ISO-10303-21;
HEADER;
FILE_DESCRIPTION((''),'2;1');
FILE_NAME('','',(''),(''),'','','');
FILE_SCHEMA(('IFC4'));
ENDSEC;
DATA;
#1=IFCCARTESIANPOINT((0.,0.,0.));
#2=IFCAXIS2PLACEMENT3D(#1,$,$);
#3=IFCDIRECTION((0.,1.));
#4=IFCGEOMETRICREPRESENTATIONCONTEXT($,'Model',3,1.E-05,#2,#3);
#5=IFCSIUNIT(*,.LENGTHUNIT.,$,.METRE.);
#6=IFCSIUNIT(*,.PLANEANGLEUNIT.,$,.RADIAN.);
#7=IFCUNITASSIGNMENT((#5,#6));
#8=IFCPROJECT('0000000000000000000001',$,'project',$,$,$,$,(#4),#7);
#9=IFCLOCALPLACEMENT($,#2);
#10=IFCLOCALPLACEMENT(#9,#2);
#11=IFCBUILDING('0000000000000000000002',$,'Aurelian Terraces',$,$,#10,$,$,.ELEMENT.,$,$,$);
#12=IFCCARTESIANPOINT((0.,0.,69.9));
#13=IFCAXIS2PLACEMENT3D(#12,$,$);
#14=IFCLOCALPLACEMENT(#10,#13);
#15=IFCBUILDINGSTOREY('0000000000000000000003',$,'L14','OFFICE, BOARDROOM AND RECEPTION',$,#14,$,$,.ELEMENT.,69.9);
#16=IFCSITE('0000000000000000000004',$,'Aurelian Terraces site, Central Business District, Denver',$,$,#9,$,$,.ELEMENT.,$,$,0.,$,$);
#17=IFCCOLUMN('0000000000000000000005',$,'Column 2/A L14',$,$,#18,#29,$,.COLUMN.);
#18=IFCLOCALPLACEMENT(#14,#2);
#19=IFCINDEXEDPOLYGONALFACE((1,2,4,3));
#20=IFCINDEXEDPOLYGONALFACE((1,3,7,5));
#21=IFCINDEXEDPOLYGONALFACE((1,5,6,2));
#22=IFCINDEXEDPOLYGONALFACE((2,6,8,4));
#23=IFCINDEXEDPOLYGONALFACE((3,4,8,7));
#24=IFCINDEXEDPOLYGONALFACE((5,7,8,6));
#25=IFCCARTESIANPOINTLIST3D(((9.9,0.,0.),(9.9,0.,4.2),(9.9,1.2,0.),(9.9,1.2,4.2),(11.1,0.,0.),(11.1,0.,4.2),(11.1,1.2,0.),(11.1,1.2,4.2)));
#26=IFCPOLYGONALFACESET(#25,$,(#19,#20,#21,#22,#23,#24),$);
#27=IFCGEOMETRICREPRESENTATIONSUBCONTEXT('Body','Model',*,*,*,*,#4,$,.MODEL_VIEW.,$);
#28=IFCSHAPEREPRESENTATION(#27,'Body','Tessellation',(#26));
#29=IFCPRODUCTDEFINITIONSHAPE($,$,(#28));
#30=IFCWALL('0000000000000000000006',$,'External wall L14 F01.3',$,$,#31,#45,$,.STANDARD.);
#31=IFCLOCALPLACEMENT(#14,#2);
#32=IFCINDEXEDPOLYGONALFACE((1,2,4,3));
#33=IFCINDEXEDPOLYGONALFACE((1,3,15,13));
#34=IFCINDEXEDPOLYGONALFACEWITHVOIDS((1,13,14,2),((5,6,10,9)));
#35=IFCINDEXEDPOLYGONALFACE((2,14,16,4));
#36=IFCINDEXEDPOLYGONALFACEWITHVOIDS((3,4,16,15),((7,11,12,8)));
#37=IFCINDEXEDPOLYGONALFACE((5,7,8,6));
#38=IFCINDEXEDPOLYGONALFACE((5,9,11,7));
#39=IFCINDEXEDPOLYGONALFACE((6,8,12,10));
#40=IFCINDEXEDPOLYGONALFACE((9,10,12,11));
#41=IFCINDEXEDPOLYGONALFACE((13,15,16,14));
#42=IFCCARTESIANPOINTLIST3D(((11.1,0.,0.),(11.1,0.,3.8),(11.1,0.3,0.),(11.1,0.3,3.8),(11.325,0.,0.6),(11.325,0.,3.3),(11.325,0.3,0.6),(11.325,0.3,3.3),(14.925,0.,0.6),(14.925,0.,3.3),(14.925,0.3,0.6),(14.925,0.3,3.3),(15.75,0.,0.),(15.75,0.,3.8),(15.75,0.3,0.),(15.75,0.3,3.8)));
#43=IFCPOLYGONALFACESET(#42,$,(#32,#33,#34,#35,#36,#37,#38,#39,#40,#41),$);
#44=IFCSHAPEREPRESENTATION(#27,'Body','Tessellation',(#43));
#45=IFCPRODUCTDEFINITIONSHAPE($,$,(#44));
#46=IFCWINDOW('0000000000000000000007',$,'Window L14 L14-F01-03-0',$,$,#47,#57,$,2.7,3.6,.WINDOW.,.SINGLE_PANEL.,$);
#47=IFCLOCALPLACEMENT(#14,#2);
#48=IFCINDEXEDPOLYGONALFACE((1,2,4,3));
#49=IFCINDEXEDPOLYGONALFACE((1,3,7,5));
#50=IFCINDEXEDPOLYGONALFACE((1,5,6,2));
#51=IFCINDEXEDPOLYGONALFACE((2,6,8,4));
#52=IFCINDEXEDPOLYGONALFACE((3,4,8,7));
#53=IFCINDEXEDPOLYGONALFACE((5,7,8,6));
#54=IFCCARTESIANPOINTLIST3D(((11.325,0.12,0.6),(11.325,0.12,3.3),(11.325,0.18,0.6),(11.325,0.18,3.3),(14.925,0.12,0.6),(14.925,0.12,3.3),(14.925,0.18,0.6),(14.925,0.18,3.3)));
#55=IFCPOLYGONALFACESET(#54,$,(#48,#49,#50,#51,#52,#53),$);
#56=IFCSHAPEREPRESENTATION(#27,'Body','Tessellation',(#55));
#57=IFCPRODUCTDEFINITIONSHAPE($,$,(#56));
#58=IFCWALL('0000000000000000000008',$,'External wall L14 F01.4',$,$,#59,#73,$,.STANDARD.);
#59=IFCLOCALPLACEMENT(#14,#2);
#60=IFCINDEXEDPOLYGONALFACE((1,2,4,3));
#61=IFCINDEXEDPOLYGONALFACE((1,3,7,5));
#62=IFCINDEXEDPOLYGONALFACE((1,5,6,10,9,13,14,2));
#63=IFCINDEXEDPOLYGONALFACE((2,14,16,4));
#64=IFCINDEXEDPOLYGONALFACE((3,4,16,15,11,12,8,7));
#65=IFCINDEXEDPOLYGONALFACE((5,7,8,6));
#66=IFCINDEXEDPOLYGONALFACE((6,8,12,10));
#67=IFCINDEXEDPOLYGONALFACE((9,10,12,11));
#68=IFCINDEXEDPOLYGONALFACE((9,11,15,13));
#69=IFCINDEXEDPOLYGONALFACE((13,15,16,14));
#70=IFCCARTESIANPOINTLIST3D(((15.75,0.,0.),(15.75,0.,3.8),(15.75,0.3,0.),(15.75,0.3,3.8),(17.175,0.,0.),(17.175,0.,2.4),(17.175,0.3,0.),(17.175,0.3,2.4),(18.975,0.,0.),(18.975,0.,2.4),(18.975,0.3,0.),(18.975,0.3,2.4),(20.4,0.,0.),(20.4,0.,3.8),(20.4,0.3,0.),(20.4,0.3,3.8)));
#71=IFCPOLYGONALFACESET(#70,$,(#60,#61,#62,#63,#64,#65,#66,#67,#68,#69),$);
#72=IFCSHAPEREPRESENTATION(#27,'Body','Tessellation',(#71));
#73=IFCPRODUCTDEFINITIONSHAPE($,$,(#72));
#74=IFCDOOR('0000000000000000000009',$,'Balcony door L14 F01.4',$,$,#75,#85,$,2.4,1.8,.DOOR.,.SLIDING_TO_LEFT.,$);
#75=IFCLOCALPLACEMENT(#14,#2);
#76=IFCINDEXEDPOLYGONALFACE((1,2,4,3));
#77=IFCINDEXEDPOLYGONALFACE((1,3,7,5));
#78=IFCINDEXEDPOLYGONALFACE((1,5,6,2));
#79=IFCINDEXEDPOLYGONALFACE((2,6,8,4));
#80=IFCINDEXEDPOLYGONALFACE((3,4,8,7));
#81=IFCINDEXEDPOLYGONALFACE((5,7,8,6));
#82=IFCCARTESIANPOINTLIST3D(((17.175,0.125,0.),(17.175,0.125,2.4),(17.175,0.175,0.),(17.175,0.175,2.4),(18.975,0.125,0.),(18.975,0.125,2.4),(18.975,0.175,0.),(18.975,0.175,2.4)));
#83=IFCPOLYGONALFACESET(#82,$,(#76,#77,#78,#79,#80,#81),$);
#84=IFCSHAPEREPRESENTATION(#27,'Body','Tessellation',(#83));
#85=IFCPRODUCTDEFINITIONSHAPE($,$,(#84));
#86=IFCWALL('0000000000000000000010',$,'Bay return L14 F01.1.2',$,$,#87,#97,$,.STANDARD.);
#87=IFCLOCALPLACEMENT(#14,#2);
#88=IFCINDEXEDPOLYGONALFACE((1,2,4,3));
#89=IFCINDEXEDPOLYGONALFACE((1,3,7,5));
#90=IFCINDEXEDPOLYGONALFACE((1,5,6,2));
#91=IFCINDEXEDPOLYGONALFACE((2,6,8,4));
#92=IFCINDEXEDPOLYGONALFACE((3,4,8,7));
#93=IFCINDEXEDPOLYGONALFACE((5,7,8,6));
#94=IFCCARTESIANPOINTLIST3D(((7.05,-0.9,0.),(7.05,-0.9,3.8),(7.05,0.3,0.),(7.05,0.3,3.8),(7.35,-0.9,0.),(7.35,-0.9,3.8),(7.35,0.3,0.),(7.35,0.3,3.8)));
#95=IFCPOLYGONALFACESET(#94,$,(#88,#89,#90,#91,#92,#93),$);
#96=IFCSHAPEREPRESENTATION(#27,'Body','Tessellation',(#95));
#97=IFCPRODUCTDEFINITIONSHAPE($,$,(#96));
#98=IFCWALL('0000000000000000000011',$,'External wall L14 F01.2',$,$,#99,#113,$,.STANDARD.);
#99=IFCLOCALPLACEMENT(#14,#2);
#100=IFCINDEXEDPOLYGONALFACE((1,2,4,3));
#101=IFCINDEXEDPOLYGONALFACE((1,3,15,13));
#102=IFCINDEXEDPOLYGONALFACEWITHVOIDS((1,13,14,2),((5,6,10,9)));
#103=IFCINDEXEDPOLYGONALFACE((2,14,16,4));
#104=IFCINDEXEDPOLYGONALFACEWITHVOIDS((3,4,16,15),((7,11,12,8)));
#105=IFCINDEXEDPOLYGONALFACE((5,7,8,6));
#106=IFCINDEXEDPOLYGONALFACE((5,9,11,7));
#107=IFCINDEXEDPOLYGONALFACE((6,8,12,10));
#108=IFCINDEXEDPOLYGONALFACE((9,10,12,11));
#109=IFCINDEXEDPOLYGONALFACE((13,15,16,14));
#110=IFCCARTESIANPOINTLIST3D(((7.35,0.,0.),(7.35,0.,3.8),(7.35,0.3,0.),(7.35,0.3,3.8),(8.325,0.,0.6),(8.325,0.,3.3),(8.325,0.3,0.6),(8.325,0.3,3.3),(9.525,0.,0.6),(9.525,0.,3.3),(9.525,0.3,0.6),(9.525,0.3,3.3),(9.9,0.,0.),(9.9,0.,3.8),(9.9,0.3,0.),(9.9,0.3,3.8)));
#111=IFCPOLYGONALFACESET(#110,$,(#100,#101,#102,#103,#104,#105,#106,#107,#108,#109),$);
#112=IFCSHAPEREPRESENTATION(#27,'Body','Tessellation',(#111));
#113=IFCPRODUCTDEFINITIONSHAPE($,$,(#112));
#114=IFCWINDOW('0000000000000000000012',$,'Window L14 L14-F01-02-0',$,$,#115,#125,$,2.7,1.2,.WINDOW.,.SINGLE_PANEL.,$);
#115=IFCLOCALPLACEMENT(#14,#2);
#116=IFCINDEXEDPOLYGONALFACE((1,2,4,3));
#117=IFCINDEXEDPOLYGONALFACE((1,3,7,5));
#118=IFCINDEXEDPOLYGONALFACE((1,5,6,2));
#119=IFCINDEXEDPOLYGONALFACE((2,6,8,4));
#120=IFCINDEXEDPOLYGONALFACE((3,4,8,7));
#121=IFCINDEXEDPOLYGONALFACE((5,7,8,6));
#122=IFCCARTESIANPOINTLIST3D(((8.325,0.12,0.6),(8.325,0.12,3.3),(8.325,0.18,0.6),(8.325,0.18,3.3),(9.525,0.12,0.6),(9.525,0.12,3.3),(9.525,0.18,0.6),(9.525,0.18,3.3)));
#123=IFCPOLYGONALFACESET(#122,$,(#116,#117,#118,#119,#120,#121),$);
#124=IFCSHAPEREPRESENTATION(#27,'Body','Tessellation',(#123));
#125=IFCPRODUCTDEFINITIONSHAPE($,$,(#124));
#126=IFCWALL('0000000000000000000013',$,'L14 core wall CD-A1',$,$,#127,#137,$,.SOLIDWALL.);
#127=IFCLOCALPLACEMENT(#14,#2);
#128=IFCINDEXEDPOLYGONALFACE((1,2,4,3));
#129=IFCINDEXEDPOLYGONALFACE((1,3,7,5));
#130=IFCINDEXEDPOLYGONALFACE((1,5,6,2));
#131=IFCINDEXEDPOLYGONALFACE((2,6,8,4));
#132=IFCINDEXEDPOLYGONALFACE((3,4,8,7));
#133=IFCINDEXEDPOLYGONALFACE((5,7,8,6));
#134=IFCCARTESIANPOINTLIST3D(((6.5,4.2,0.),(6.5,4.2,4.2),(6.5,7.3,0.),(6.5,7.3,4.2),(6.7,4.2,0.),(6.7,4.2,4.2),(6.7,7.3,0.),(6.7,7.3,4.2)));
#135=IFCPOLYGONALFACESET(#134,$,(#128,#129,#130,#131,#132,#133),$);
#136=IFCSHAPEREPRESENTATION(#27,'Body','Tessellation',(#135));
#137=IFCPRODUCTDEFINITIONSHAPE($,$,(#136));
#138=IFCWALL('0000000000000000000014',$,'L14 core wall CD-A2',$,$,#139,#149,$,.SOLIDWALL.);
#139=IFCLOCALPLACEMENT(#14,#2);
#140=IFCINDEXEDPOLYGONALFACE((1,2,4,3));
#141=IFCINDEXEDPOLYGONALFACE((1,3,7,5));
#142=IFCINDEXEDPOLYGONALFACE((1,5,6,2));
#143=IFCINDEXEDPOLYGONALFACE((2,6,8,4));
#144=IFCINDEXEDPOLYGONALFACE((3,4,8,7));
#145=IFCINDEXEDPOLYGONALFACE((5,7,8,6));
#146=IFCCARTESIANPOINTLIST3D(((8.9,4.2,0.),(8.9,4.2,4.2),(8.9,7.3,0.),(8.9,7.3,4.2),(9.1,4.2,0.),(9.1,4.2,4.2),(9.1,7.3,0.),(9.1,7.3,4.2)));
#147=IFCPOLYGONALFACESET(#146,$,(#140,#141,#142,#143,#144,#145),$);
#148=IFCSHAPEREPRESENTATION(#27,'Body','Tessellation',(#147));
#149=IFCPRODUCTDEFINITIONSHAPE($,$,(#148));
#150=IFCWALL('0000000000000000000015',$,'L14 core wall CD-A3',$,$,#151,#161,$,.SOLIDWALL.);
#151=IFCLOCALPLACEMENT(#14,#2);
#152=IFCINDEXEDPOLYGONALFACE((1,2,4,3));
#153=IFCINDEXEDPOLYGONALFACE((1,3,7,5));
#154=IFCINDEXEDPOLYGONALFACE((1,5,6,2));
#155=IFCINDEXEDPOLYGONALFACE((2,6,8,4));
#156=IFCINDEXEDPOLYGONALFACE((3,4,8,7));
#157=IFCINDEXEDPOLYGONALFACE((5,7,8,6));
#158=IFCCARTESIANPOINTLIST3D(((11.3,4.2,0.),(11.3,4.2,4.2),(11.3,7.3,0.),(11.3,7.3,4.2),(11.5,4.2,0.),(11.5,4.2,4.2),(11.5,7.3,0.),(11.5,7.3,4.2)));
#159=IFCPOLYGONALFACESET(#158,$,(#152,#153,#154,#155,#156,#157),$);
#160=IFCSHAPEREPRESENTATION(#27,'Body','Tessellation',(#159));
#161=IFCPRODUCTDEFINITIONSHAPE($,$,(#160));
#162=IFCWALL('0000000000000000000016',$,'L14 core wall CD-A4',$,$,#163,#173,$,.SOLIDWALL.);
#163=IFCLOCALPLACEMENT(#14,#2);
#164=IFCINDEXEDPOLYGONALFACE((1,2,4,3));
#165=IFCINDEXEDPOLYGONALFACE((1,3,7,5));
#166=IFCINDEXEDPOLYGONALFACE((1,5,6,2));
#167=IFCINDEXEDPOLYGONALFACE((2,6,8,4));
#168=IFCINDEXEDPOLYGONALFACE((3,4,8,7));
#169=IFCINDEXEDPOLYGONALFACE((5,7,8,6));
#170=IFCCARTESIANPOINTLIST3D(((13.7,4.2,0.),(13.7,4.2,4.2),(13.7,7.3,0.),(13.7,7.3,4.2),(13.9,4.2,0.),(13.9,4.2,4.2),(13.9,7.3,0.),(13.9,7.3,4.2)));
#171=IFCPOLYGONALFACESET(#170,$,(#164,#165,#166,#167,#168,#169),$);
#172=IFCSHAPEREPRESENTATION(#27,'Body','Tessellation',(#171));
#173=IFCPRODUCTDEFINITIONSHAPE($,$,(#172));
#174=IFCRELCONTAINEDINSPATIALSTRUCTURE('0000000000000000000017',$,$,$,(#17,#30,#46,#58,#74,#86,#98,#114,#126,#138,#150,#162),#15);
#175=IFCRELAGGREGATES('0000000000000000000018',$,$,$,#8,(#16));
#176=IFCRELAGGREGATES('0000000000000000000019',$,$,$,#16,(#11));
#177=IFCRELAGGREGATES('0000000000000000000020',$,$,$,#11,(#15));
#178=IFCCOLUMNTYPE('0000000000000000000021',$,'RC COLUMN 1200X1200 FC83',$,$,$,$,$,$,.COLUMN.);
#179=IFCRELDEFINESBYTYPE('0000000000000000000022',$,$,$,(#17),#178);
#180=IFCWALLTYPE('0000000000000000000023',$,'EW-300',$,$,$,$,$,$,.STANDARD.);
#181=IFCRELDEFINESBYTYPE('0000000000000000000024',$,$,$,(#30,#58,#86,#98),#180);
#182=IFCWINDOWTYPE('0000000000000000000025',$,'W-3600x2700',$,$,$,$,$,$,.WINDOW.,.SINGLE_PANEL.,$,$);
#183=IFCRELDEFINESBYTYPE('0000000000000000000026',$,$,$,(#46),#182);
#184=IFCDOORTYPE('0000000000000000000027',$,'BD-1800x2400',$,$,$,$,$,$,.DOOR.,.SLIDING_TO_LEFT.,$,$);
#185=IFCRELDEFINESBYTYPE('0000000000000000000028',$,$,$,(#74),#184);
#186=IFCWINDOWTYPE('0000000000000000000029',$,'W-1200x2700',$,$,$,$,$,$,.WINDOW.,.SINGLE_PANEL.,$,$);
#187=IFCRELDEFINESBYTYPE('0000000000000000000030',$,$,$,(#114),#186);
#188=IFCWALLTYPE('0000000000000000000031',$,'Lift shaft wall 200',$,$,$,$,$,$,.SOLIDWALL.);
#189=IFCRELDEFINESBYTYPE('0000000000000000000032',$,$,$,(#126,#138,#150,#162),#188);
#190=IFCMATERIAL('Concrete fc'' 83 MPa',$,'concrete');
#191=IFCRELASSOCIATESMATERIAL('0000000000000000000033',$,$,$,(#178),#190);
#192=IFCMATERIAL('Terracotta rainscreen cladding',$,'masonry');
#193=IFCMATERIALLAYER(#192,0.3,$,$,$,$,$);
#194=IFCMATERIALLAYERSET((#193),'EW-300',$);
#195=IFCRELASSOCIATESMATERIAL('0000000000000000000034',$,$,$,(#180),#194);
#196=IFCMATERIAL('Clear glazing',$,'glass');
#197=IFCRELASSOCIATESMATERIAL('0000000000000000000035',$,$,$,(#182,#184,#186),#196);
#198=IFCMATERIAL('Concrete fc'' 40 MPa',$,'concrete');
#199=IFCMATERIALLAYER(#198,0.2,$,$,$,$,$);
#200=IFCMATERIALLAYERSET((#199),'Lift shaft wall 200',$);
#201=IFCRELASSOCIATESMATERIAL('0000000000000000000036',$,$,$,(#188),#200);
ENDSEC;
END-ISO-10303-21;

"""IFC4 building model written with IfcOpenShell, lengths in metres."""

from ifc_helpers import new_model, si_unit, direction, frame, frame_2d, origin, origin_2d, place, context, subcontext, project, spatial, rectangle, extrude, source, transform, mapped, material, layer, layer_set, material_profile, profile_set, type_object, element, fill, save


model = new_model("IFC4")

# Units and contexts
model_context = context("Model", 3, precision=1e-05, world=origin(), true_north=direction((0.0, 1.0)))
body_context = subcontext(model_context, "Body", "Model", "MODEL_VIEW")
ifc_project = project(units=[si_unit("LENGTHUNIT", "METRE"), si_unit("PLANEANGLEUNIT", "RADIAN")], contexts=[model_context])

# Site, building, storey
site_placement = place(None, origin())
site = spatial("IfcSite", under=ifc_project, at=site_placement, Name="Aurelian Terraces site, Central Business District, Denver", CompositionType="ELEMENT", RefElevation=0.0)
building_placement = place(site_placement, origin())
building = spatial("IfcBuilding", under=site, at=building_placement, Name="Aurelian Terraces", CompositionType="ELEMENT")
storey_placement = place(building_placement, frame((0.0, 0.0, 69.9)))
storey = spatial("IfcBuildingStorey", under=building, at=storey_placement, Name="L14", Description="OFFICE, BOARDROOM AND RECEPTION", CompositionType="ELEMENT", Elevation=69.9)

# Column
ifc_material_1 = material(Name="Concrete fc' 83 MPa", Category="concrete")
ifc_material_profile = material_profile(ifc_material_1, rectangle(XDim=1.2, YDim=1.2, at=origin_2d()))
ifc_profile_set = profile_set([ifc_material_profile], Name="Concrete fc' 83 MPa")
column_type = type_object("IfcColumnType", Name="RC COLUMN 1200X1200 FC83", PredefinedType="COLUMN", material=ifc_profile_set)
shared_shape_1 = source(origin(), body_context, "Body", "SweptSolid", [
    extrude(rectangle(XDim=1.2, YDim=1.2, at=origin_2d()), origin(), (0.0, 0.0, 1.0), 4.2),
])
column_placement = place(storey_placement, frame((10.5, 0.6, 0.0), z_axis=(0.0, 0.0, 1.0), x_axis=(1.0, 0.0, 0.0)))
element("IfcColumn", 1, at=column_placement, inside=storey, type_object=column_type, Name="Column 2/A L14", PredefinedType="COLUMN", context=body_context, shape_type="MappedRepresentation", body=[
    mapped(shared_shape_1, transform((0.0, 0.0, 0.0), scale=1.0)),
])

# Wall, opening, window
ifc_material_2 = material(Name="Terracotta rainscreen cladding", Category="masonry")
ifc_layer_1 = layer(ifc_material_2, 0.3)
ifc_layer_set_1 = layer_set([ifc_layer_1], Name="EW-300")
wall_type_1 = type_object("IfcWallType", Name="EW-300", PredefinedType="STANDARD", material=ifc_layer_set_1)
shared_shape_2 = source(origin(), body_context, "Body", "SweptSolid", [
    extrude(rectangle(XDim=4.65, YDim=0.3, at=frame_2d((2.325, 0.0))), origin(), (0.0, 0.0, 1.0), 3.8),
])
wall_1_placement = place(storey_placement, frame((11.1, 0.15, 0.0), z_axis=(0.0, 0.0, 1.0), x_axis=(1.0, 0.0, 0.0)))
wall_1 = element("IfcWall", 2, at=wall_1_placement, inside=storey, type_object=wall_type_1, Name="External wall L14 F01.3", PredefinedType="STANDARD", context=body_context, shape_type="MappedRepresentation", body=[
    mapped(shared_shape_2, transform((0.0, 0.0, 0.0), scale=1.0)),
])
shared_shape_3 = source(origin(), body_context, "Body", "SweptSolid", [
    extrude(rectangle(XDim=3.6, YDim=2.7, at=frame_2d((1.8, 1.35))), frame((0.0, 0.16, 0.0), z_axis=(0.0, -1.0, 0.0), x_axis=(1.0, 0.0, 0.0)), (0.0, 0.0, 1.0), 0.32),
])
opening_1_placement = place(wall_1_placement, frame((0.225, 0.0, 0.6)))
opening_1 = element("IfcOpeningElement", 3, at=opening_1_placement, cuts=wall_1, PredefinedType="OPENING", context=body_context, shape_type="MappedRepresentation", body=[
    mapped(shared_shape_3, transform((0.0, 0.0, 0.0), scale=1.0)),
])
ifc_material_3 = material(Name="Clear glazing", Category="glass")
window_type_1 = type_object("IfcWindowType", Name="W-3600x2700", PartitioningType="SINGLE_PANEL", PredefinedType="WINDOW", material=ifc_material_3)
shared_shape_4 = source(origin(), body_context, "Body", "SweptSolid", [
    extrude(rectangle(XDim=3.6, YDim=2.7, at=frame_2d((1.8, 1.35))), frame((0.0, 0.03, 0.0), z_axis=(0.0, -1.0, 0.0), x_axis=(1.0, 0.0, 0.0)), (0.0, 0.0, 1.0), 0.06),
])
window_1_placement = place(opening_1_placement, origin())
window_1 = element("IfcWindow", 4, at=window_1_placement, inside=storey, type_object=window_type_1, Name="Window L14 L14-F01-03-0", OverallHeight=2.7, OverallWidth=3.6, PartitioningType="SINGLE_PANEL", PredefinedType="WINDOW", context=body_context, shape_type="MappedRepresentation", body=[
    mapped(shared_shape_4, transform((0.0, 0.0, 0.0), scale=1.0)),
])
fill(opening_1, window_1)

# Wall, opening, door
wall_2_placement = place(storey_placement, frame((15.75, 0.15, 0.0), z_axis=(0.0, 0.0, 1.0), x_axis=(1.0, 0.0, 0.0)))
wall_2 = element("IfcWall", 5, at=wall_2_placement, inside=storey, type_object=wall_type_1, Name="External wall L14 F01.4", PredefinedType="STANDARD", context=body_context, shape_type="MappedRepresentation", body=[
    mapped(shared_shape_2, transform((0.0, 0.0, 0.0), scale=1.0)),
])
shared_shape_5 = source(origin(), body_context, "Body", "SweptSolid", [
    extrude(rectangle(XDim=1.8, YDim=2.4, at=frame_2d((0.9, 1.2))), frame((0.0, 0.16, 0.0), z_axis=(0.0, -1.0, 0.0), x_axis=(1.0, 0.0, 0.0)), (0.0, 0.0, 1.0), 0.32),
])
opening_2_placement = place(wall_2_placement, frame((1.425, 0.0, 0.0)))
opening_2 = element("IfcOpeningElement", 6, at=opening_2_placement, cuts=wall_2, PredefinedType="OPENING", context=body_context, shape_type="MappedRepresentation", body=[
    mapped(shared_shape_5, transform((0.0, 0.0, 0.0), scale=1.0)),
])
door_type = type_object("IfcDoorType", Name="BD-1800x2400", OperationType="SLIDING_TO_LEFT", PredefinedType="DOOR", material=ifc_material_3)
shared_shape_6 = source(origin(), body_context, "Body", "SweptSolid", [
    extrude(rectangle(XDim=1.8, YDim=2.4, at=frame_2d((0.9, 1.2))), frame((0.0, 0.025, 0.0), z_axis=(0.0, -1.0, 0.0), x_axis=(1.0, 0.0, 0.0)), (0.0, 0.0, 1.0), 0.05),
])
door_placement = place(opening_2_placement, origin())
door = element("IfcDoor", 7, at=door_placement, inside=storey, type_object=door_type, Name="Balcony door L14 F01.4", OperationType="SLIDING_TO_LEFT", OverallHeight=2.4, OverallWidth=1.8, PredefinedType="DOOR", context=body_context, shape_type="MappedRepresentation", body=[
    mapped(shared_shape_6, transform((0.0, 0.0, 0.0), scale=1.0)),
])
fill(opening_2, door)

# Wall
shared_shape_7 = source(origin(), body_context, "Body", "SweptSolid", [
    extrude(rectangle(XDim=1.2, YDim=0.3, at=frame_2d((0.6, 0.0))), origin(), (0.0, 0.0, 1.0), 3.8),
])
wall_3_placement = place(storey_placement, frame((7.2, 0.3, 0.0), z_axis=(0.0, 0.0, 1.0), x_axis=(0.0, -1.0, 0.0)))
element("IfcWall", 8, at=wall_3_placement, inside=storey, type_object=wall_type_1, Name="Bay return L14 F01.1.2", PredefinedType="STANDARD", context=body_context, shape_type="MappedRepresentation", body=[
    mapped(shared_shape_7, transform((0.0, 0.0, 0.0), scale=1.0)),
])

# Wall, opening, window
shared_shape_8 = source(origin(), body_context, "Body", "SweptSolid", [
    extrude(rectangle(XDim=2.55, YDim=0.3, at=frame_2d((1.275, 0.0))), origin(), (0.0, 0.0, 1.0), 3.8),
])
wall_4_placement = place(storey_placement, frame((7.35, 0.15, 0.0), z_axis=(0.0, 0.0, 1.0), x_axis=(1.0, 0.0, 0.0)))
wall_4 = element("IfcWall", 9, at=wall_4_placement, inside=storey, type_object=wall_type_1, Name="External wall L14 F01.2", PredefinedType="STANDARD", context=body_context, shape_type="MappedRepresentation", body=[
    mapped(shared_shape_8, transform((0.0, 0.0, 0.0), scale=1.0)),
])
shared_shape_9 = source(origin(), body_context, "Body", "SweptSolid", [
    extrude(rectangle(XDim=1.2, YDim=2.7, at=frame_2d((0.6, 1.35))), frame((0.0, 0.16, 0.0), z_axis=(0.0, -1.0, 0.0), x_axis=(1.0, 0.0, 0.0)), (0.0, 0.0, 1.0), 0.32),
])
opening_3_placement = place(wall_4_placement, frame((0.975, 0.0, 0.6)))
opening_3 = element("IfcOpeningElement", 10, at=opening_3_placement, cuts=wall_4, PredefinedType="OPENING", context=body_context, shape_type="MappedRepresentation", body=[
    mapped(shared_shape_9, transform((0.0, 0.0, 0.0), scale=1.0)),
])
window_type_2 = type_object("IfcWindowType", Name="W-1200x2700", PartitioningType="SINGLE_PANEL", PredefinedType="WINDOW", material=ifc_material_3)
shared_shape_10 = source(origin(), body_context, "Body", "SweptSolid", [
    extrude(rectangle(XDim=1.2, YDim=2.7, at=frame_2d((0.6, 1.35))), frame((0.0, 0.03, 0.0), z_axis=(0.0, -1.0, 0.0), x_axis=(1.0, 0.0, 0.0)), (0.0, 0.0, 1.0), 0.06),
])
window_2_placement = place(opening_3_placement, origin())
window_2 = element("IfcWindow", 11, at=window_2_placement, inside=storey, type_object=window_type_2, Name="Window L14 L14-F01-02-0", OverallHeight=2.7, OverallWidth=1.2, PartitioningType="SINGLE_PANEL", PredefinedType="WINDOW", context=body_context, shape_type="MappedRepresentation", body=[
    mapped(shared_shape_10, transform((0.0, 0.0, 0.0), scale=1.0)),
])
fill(opening_3, window_2)

# Walls
ifc_material_4 = material(Name="Concrete fc' 40 MPa", Category="concrete")
ifc_layer_2 = layer(ifc_material_4, 0.2)
ifc_layer_set_2 = layer_set([ifc_layer_2], Name="Lift shaft wall 200")
wall_type_2 = type_object("IfcWallType", Name="Lift shaft wall 200", PredefinedType="SOLIDWALL", material=ifc_layer_set_2)
shared_shape_11 = source(origin(), body_context, "Body", "SweptSolid", [
    extrude(rectangle(XDim=3.1, YDim=0.2, at=frame_2d((1.55, 0.0))), origin(), (0.0, 0.0, 1.0), 4.2),
])
for number, where, z_axis, x_axis, name in (
    (12, (6.6, 4.2, 0.0), (0.0, 0.0, 1.0), (0.0, 1.0, 0.0), "L14 core wall CD-A1"),
    (13, (9.0, 4.2, 0.0), (0.0, 0.0, 1.0), (0.0, 1.0, 0.0), "L14 core wall CD-A2"),
    (14, (11.4, 4.2, 0.0), (0.0, 0.0, 1.0), (0.0, 1.0, 0.0), "L14 core wall CD-A3"),
    (15, (13.8, 4.2, 0.0), (0.0, 0.0, 1.0), (0.0, 1.0, 0.0), "L14 core wall CD-A4"),
):
    element("IfcWall", number, at=place(storey_placement, frame(where, z_axis=z_axis, x_axis=x_axis)), inside=storey, type_object=wall_type_2, Name=name, PredefinedType="SOLIDWALL", context=body_context, shape_type="MappedRepresentation", body=[
        mapped(shared_shape_11, transform((0.0, 0.0, 0.0), scale=1.0)),
    ])

save(model, "model.ifc")
